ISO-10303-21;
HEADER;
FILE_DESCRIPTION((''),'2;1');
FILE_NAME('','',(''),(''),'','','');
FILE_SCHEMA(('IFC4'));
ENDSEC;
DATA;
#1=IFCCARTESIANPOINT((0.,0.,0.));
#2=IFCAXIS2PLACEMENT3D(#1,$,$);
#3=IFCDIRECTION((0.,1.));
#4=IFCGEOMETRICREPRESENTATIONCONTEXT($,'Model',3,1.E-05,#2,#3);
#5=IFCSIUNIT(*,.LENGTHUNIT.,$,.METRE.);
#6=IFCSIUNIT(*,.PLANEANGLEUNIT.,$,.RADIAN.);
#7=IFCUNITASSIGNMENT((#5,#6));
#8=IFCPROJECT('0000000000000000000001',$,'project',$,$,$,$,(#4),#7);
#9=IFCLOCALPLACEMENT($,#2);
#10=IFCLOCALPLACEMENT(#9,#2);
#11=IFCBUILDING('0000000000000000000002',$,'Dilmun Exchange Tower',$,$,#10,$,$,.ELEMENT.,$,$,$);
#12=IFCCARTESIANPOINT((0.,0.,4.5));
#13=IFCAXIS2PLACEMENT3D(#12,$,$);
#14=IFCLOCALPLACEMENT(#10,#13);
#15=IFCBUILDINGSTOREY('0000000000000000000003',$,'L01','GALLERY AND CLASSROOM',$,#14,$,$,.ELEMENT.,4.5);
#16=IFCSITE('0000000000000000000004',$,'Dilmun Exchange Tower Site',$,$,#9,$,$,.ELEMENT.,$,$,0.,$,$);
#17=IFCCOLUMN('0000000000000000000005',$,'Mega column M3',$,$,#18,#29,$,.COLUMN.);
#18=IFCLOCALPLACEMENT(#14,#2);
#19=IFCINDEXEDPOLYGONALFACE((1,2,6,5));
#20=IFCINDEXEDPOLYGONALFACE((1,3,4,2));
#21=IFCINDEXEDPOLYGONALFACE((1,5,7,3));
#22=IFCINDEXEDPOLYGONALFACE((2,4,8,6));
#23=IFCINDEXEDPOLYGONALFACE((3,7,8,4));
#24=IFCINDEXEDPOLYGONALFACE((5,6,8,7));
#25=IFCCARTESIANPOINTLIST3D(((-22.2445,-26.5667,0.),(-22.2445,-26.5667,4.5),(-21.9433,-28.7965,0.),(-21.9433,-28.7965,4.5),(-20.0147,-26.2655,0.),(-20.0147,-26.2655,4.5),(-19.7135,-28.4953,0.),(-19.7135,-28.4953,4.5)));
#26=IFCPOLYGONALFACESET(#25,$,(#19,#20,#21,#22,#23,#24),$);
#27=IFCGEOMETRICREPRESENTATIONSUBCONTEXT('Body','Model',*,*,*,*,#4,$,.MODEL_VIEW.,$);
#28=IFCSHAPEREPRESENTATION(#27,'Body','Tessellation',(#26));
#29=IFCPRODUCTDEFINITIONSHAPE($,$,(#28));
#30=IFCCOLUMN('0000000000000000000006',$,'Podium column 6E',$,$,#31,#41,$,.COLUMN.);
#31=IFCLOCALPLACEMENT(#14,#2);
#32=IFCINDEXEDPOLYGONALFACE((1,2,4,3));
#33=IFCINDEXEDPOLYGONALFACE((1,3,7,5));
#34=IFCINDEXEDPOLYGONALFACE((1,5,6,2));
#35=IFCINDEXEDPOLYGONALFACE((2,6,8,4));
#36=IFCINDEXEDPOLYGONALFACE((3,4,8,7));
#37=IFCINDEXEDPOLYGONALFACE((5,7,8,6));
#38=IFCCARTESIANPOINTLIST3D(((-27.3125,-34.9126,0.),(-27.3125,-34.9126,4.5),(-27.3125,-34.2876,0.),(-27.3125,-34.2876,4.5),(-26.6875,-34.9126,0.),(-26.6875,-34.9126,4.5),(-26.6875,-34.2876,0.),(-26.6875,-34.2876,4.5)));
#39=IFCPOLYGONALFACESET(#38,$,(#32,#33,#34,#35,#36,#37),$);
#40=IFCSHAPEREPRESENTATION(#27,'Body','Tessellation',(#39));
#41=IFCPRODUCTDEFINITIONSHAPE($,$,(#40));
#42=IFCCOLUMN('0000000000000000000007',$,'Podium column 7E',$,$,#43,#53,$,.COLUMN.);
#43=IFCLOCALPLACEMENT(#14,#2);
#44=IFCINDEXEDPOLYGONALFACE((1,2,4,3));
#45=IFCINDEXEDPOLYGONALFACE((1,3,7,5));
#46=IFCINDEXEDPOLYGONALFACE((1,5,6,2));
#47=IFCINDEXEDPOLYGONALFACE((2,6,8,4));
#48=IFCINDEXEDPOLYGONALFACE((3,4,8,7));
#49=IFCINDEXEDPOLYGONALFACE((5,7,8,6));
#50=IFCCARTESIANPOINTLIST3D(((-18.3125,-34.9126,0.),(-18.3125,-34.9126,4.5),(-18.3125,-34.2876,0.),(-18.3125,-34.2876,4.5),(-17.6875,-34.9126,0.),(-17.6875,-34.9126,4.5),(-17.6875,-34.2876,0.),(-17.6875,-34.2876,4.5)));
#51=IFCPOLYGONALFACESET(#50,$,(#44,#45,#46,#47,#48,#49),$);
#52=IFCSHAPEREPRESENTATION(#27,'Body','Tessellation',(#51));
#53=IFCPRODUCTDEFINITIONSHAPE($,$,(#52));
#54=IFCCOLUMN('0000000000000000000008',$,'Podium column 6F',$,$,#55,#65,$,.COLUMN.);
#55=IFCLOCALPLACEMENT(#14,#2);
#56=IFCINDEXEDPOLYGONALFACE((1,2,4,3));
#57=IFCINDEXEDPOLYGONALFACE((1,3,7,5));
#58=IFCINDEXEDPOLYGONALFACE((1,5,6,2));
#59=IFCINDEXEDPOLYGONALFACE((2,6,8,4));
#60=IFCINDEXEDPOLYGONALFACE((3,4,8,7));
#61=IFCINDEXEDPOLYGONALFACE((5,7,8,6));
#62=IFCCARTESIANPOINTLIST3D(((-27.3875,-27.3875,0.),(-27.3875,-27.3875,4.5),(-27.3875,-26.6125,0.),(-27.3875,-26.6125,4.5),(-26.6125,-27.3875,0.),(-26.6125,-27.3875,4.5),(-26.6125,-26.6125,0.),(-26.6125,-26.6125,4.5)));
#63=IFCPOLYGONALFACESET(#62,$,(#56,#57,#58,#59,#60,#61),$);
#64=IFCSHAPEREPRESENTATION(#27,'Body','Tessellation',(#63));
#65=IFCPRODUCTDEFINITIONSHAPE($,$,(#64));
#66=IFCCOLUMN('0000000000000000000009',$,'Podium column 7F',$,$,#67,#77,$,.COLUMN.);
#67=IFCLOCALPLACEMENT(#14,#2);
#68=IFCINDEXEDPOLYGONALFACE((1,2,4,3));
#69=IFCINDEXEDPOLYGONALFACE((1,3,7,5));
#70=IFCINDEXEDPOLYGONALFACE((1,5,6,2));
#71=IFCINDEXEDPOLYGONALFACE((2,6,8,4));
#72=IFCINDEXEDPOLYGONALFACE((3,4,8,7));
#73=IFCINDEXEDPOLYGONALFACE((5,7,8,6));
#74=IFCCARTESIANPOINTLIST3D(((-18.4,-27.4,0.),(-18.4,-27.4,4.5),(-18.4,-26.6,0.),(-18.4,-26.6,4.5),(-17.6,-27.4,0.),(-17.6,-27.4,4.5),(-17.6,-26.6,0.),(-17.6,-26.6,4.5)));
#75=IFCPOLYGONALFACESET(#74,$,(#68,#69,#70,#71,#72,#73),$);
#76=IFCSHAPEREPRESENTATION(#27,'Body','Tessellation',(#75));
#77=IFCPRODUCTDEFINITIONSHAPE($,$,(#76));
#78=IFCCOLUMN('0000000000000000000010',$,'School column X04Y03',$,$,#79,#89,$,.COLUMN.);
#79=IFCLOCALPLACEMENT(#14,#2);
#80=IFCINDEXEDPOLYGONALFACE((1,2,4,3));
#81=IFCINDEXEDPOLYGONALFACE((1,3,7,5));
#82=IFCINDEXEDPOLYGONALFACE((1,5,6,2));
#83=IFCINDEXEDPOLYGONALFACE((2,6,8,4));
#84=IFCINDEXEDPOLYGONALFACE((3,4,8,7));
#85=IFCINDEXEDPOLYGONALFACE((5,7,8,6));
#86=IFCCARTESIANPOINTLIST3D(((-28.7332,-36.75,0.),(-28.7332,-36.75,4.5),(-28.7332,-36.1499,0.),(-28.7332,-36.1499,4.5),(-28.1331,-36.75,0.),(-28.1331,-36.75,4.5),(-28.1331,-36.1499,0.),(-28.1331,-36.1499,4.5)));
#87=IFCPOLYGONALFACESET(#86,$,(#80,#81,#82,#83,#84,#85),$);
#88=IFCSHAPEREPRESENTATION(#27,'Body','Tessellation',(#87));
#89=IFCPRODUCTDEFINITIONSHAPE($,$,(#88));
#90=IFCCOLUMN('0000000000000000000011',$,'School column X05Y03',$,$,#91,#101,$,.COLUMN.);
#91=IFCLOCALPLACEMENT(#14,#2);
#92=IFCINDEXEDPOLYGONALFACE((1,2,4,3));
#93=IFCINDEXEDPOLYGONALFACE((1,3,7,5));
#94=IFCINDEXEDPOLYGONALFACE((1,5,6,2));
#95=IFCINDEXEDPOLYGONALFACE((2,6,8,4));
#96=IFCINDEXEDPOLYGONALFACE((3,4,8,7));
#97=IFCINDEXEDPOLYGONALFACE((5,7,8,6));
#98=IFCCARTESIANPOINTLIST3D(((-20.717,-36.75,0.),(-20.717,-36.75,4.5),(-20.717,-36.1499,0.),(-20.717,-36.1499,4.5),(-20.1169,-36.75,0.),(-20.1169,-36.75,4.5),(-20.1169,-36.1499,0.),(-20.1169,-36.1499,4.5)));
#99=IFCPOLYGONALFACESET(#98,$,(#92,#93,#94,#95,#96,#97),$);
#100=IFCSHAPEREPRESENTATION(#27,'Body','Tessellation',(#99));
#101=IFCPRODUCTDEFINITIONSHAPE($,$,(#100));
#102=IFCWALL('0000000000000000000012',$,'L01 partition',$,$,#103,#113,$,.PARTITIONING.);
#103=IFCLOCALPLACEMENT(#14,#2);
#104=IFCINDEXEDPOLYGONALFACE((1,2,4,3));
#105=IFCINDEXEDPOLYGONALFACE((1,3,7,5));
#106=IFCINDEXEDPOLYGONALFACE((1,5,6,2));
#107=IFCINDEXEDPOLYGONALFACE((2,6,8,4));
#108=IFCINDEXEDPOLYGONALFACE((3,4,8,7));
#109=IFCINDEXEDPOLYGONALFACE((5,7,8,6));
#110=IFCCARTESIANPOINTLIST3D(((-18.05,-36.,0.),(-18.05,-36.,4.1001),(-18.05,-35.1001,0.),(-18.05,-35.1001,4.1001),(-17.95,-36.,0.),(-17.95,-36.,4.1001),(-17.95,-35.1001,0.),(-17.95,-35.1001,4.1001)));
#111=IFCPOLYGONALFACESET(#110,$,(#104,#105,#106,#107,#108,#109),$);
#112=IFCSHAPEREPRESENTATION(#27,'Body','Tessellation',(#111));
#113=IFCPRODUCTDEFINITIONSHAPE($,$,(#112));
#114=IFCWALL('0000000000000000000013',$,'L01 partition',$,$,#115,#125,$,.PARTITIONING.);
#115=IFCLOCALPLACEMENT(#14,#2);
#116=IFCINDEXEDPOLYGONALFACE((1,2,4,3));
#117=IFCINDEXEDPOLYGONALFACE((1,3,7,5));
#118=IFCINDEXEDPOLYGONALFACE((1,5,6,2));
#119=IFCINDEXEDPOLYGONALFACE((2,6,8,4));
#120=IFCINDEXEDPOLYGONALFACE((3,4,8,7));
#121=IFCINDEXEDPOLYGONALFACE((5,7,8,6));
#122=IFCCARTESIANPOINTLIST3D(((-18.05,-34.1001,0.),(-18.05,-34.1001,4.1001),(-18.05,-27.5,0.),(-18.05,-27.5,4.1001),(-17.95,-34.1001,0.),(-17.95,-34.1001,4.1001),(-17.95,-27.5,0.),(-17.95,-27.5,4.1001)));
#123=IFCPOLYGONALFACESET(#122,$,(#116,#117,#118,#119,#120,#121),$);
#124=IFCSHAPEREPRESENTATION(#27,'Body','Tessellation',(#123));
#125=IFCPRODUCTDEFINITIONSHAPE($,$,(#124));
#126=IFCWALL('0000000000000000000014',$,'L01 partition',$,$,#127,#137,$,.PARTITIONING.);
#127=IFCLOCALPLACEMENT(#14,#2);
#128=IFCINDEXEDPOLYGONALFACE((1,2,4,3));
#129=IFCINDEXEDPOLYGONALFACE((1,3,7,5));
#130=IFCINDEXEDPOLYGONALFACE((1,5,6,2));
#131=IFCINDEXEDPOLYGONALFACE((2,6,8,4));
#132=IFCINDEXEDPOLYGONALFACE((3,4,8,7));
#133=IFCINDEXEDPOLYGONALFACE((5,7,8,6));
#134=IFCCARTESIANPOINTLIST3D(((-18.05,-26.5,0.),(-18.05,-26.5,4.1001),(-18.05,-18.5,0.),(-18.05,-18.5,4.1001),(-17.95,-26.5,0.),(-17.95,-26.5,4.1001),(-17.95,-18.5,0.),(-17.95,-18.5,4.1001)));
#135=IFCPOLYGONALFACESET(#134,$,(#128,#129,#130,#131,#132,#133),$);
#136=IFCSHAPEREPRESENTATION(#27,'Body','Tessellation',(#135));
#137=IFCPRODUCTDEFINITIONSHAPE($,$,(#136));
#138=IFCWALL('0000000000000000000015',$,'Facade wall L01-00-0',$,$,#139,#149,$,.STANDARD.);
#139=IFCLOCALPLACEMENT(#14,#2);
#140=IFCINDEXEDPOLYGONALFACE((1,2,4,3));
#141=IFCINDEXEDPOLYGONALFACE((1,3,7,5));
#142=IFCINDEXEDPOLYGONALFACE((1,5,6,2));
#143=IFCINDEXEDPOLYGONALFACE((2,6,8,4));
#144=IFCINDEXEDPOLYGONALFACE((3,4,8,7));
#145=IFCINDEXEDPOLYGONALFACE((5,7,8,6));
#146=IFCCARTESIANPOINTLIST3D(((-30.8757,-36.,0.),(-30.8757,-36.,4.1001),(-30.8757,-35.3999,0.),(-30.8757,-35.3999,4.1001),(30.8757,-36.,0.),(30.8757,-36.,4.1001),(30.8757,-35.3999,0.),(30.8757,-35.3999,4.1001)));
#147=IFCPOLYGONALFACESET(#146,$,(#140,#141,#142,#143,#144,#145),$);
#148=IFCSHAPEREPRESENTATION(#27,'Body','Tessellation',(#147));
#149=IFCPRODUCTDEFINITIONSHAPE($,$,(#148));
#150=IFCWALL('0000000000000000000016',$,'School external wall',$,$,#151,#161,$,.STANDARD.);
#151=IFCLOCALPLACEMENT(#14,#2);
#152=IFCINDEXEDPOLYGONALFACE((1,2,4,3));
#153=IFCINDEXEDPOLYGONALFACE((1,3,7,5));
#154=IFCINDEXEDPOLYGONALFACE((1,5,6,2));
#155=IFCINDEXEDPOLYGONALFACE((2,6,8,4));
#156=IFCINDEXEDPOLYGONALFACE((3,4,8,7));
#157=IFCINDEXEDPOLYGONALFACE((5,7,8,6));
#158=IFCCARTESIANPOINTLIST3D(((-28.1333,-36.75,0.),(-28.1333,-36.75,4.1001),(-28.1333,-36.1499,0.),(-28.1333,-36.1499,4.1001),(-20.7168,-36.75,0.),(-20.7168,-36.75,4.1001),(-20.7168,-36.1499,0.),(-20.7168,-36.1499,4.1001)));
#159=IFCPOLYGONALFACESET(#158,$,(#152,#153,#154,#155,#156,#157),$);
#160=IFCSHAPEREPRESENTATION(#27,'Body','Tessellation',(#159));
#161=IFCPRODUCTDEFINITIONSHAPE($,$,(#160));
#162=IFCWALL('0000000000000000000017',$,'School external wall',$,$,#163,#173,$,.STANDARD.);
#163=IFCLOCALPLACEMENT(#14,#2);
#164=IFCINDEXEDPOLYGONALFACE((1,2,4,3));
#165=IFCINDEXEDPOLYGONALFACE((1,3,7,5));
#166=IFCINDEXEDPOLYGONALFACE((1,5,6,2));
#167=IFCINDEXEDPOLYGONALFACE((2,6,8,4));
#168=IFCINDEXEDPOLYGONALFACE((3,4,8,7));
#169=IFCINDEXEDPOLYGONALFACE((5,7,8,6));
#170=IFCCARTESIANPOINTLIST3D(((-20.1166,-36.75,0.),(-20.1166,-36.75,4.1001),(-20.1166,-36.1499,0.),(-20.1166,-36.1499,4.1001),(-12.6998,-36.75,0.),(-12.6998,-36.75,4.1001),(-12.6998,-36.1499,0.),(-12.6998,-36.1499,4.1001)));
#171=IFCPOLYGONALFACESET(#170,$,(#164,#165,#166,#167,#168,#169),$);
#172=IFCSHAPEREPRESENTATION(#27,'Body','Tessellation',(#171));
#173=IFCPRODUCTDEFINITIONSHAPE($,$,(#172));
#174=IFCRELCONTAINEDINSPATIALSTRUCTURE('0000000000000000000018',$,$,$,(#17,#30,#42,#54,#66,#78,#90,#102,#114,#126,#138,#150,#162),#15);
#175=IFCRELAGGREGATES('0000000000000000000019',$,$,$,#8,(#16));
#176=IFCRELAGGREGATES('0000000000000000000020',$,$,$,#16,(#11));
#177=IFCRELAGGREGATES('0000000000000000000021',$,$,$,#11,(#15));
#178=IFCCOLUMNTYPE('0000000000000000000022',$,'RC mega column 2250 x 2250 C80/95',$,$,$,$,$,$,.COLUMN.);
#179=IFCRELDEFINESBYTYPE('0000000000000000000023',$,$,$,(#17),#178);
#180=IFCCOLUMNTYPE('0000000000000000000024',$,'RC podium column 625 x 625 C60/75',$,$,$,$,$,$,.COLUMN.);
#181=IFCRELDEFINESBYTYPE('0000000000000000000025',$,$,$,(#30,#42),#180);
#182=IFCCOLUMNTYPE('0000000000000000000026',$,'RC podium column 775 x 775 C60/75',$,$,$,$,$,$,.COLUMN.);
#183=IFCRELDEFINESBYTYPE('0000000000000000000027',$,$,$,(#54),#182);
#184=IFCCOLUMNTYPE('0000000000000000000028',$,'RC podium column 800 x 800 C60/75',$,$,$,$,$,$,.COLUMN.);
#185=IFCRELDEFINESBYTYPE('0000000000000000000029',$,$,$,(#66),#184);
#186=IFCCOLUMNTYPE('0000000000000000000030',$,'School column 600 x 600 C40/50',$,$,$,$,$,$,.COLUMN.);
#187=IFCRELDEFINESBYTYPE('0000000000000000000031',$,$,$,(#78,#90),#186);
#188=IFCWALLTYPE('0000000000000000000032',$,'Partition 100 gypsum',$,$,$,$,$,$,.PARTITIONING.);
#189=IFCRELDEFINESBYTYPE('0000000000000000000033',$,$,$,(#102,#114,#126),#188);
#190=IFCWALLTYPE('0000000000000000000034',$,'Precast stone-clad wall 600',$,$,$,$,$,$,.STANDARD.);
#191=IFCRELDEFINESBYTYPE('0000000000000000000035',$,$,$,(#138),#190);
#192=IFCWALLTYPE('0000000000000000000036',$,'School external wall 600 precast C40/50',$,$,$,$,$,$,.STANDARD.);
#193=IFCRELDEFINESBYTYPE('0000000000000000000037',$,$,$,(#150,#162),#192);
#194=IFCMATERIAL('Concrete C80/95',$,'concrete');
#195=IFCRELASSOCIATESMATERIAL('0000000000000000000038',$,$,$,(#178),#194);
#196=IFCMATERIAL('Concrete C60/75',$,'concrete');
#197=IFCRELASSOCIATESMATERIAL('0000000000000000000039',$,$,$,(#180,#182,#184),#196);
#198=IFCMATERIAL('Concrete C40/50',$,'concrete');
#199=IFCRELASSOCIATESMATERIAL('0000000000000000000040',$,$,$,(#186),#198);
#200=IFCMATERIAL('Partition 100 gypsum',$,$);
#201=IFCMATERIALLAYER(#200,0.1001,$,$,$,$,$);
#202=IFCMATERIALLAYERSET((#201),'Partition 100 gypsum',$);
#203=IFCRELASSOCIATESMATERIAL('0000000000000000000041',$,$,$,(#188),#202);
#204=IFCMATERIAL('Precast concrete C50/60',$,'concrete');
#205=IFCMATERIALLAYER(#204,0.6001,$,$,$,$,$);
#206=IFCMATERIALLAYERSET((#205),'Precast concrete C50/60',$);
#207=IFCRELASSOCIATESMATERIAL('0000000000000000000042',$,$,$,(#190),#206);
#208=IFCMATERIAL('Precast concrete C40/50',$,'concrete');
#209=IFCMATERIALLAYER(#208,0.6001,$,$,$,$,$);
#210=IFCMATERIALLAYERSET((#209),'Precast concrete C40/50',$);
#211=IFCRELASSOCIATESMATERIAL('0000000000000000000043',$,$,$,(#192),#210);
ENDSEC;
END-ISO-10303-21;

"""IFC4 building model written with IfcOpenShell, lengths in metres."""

from ifc_helpers import new_model, si_unit, direction, frame, frame_2d, origin, origin_2d, place, context, subcontext, project, spatial, rectangle, extrude, material, layer, layer_set, material_profile, profile_set, type_object, element, save


model = new_model("IFC4")

# Units and contexts
model_context = context("Model", 3, precision=1e-05, world=origin(), true_north=direction((0.0, 1.0)))
body_context = subcontext(model_context, "Body", "Model", "MODEL_VIEW")
ifc_project = project(units=[si_unit("LENGTHUNIT", "METRE"), si_unit("PLANEANGLEUNIT", "RADIAN")], contexts=[model_context])

# Site, building, storey
site_placement = place(None, origin())
site = spatial("IfcSite", under=ifc_project, at=site_placement, Name="Dilmun Exchange Tower Site", CompositionType="ELEMENT", RefElevation=0.0)
building_placement = place(site_placement, origin())
building = spatial("IfcBuilding", under=site, at=building_placement, Name="Dilmun Exchange Tower", CompositionType="ELEMENT")
storey_placement = place(building_placement, frame((0.0, 0.0, 4.5)))
storey = spatial("IfcBuildingStorey", under=building, at=storey_placement, Name="L01", Description="GALLERY AND CLASSROOM", CompositionType="ELEMENT", Elevation=4.5)

# Columns
ifc_material_1 = material(Name="Concrete C80/95", Category="concrete")
ifc_material_profile_1 = material_profile(ifc_material_1, rectangle(XDim=2.25, YDim=2.25, at=origin_2d()), Name="2250 x 2250")
ifc_profile_set_1 = profile_set([ifc_material_profile_1], Name="Concrete C80/95")
column_type_1 = type_object("IfcColumnType", Name="RC mega column 2250 x 2250 C80/95", PredefinedType="COLUMN", material=ifc_profile_set_1)
column_1_placement = place(storey_placement, frame((-20.979, -27.531, 0.0), z_axis=(0.0, 0.0, 1.0), x_axis=(0.991001, 0.133853, 0.0)))
element("IfcColumn", 1, at=column_1_placement, inside=storey, type_object=column_type_1, Name="Mega column M3", PredefinedType="COLUMN", context=body_context, shape_type="SweptSolid", body=[
    extrude(rectangle(XDim=2.25, YDim=2.25, at=origin_2d()), origin(), (0.0, 0.0, 1.0), 4.5),
])
ifc_material_2 = material(Name="Concrete C60/75", Category="concrete")
ifc_material_profile_2 = material_profile(ifc_material_2, rectangle(XDim=0.625, YDim=0.625, at=origin_2d()), Name="625 x 625")
ifc_profile_set_2 = profile_set([ifc_material_profile_2], Name="Concrete C60/75")
column_type_2 = type_object("IfcColumnType", Name="RC podium column 625 x 625 C60/75", PredefinedType="COLUMN", material=ifc_profile_set_2)
for number, where, z_axis, x_axis, name in (
    (2, (-27.0, -34.6001, 0.0), (0.0, 0.0, 1.0), (1.0, 0.0, 0.0), "Podium column 6E"),
    (3, (-18.0, -34.6001, 0.0), (0.0, 0.0, 1.0), (1.0, 0.0, 0.0), "Podium column 7E"),
):
    element("IfcColumn", number, at=place(storey_placement, frame(where, z_axis=z_axis, x_axis=x_axis)), inside=storey, type_object=column_type_2, Name=name, PredefinedType="COLUMN", context=body_context, shape_type="SweptSolid", body=[
        extrude(rectangle(XDim=0.625, YDim=0.625, at=origin_2d()), origin(), (0.0, 0.0, 1.0), 4.5),
    ])
ifc_material_profile_3 = material_profile(ifc_material_2, rectangle(XDim=0.7749, YDim=0.7749, at=origin_2d()), Name="775 x 775")
ifc_profile_set_3 = profile_set([ifc_material_profile_3], Name="Concrete C60/75")
column_type_3 = type_object("IfcColumnType", Name="RC podium column 775 x 775 C60/75", PredefinedType="COLUMN", material=ifc_profile_set_3)
column_2_placement = place(storey_placement, frame((-27.0, -27.0, 0.0), z_axis=(0.0, 0.0, 1.0), x_axis=(1.0, 0.0, 0.0)))
element("IfcColumn", 4, at=column_2_placement, inside=storey, type_object=column_type_3, Name="Podium column 6F", PredefinedType="COLUMN", context=body_context, shape_type="SweptSolid", body=[
    extrude(rectangle(XDim=0.7749, YDim=0.7749, at=origin_2d()), origin(), (0.0, 0.0, 1.0), 4.5),
])
ifc_material_profile_4 = material_profile(ifc_material_2, rectangle(XDim=0.8, YDim=0.8, at=origin_2d()), Name="800 x 800")
ifc_profile_set_4 = profile_set([ifc_material_profile_4], Name="Concrete C60/75")
column_type_4 = type_object("IfcColumnType", Name="RC podium column 800 x 800 C60/75", PredefinedType="COLUMN", material=ifc_profile_set_4)
column_3_placement = place(storey_placement, frame((-18.0, -27.0, 0.0), z_axis=(0.0, 0.0, 1.0), x_axis=(1.0, 0.0, 0.0)))
element("IfcColumn", 5, at=column_3_placement, inside=storey, type_object=column_type_4, Name="Podium column 7F", PredefinedType="COLUMN", context=body_context, shape_type="SweptSolid", body=[
    extrude(rectangle(XDim=0.8, YDim=0.8, at=origin_2d()), origin(), (0.0, 0.0, 1.0), 4.5),
])
ifc_material_3 = material(Name="Concrete C40/50", Category="concrete")
ifc_material_profile_5 = material_profile(ifc_material_3, rectangle(XDim=0.6001, YDim=0.6001, at=origin_2d()), Name="600 x 600")
ifc_profile_set_5 = profile_set([ifc_material_profile_5], Name="Concrete C40/50")
column_type_5 = type_object("IfcColumnType", Name="School column 600 x 600 C40/50", PredefinedType="COLUMN", material=ifc_profile_set_5)
for number, where, z_axis, x_axis, name in (
    (6, (-28.4331, -36.45, 0.0), (0.0, 0.0, 1.0), (1.0, 0.0, 0.0), "School column X04Y03"),
    (7, (-20.417, -36.45, 0.0), (0.0, 0.0, 1.0), (1.0, 0.0, 0.0), "School column X05Y03"),
):
    element("IfcColumn", number, at=place(storey_placement, frame(where, z_axis=z_axis, x_axis=x_axis)), inside=storey, type_object=column_type_5, Name=name, PredefinedType="COLUMN", context=body_context, shape_type="SweptSolid", body=[
        extrude(rectangle(XDim=0.6001, YDim=0.6001, at=origin_2d()), origin(), (0.0, 0.0, 1.0), 4.5),
    ])

# Walls
ifc_material_4 = material(Name="Partition 100 gypsum")
ifc_layer_1 = layer(ifc_material_4, 0.1001)
ifc_layer_set_1 = layer_set([ifc_layer_1], Name="Partition 100 gypsum")
wall_type_1 = type_object("IfcWallType", Name="Partition 100 gypsum", PredefinedType="PARTITIONING", material=ifc_layer_set_1)
wall_1_placement = place(storey_placement, frame((-18.0, -36.0, 0.0), z_axis=(0.0, 0.0, 1.0), x_axis=(0.0, 1.0, 0.0)))
element("IfcWall", 8, at=wall_1_placement, inside=storey, type_object=wall_type_1, Name="L01 partition", PredefinedType="PARTITIONING", context=body_context, shape_type="SweptSolid", body=[
    extrude(rectangle(XDim=0.8999, YDim=0.1001, at=frame_2d((0.45, 0.0))), origin(), (0.0, 0.0, 1.0), 4.1001),
])
wall_2_placement = place(storey_placement, frame((-18.0, -34.1001, 0.0), z_axis=(0.0, 0.0, 1.0), x_axis=(0.0, 1.0, 0.0)))
element("IfcWall", 9, at=wall_2_placement, inside=storey, type_object=wall_type_1, Name="L01 partition", PredefinedType="PARTITIONING", context=body_context, shape_type="SweptSolid", body=[
    extrude(rectangle(XDim=6.6001, YDim=0.1001, at=frame_2d((3.3, 0.0))), origin(), (0.0, 0.0, 1.0), 4.1001),
])
wall_3_placement = place(storey_placement, frame((-18.0, -26.5, 0.0), z_axis=(0.0, 0.0, 1.0), x_axis=(0.0, 1.0, 0.0)))
element("IfcWall", 10, at=wall_3_placement, inside=storey, type_object=wall_type_1, Name="L01 partition", PredefinedType="PARTITIONING", context=body_context, shape_type="SweptSolid", body=[
    extrude(rectangle(XDim=8.0, YDim=0.1001, at=frame_2d((4.0, 0.0))), origin(), (0.0, 0.0, 1.0), 4.1001),
])
ifc_material_5 = material(Name="Precast concrete C50/60", Category="concrete")
ifc_layer_2 = layer(ifc_material_5, 0.6001)
ifc_layer_set_2 = layer_set([ifc_layer_2], Name="Precast concrete C50/60")
wall_type_2 = type_object("IfcWallType", Name="Precast stone-clad wall 600", PredefinedType="STANDARD", material=ifc_layer_set_2)
wall_4_placement = place(storey_placement, frame((-30.8757, -35.7, 0.0), z_axis=(0.0, 0.0, 1.0), x_axis=(1.0, 0.0, 0.0)))
element("IfcWall", 11, at=wall_4_placement, inside=storey, type_object=wall_type_2, Name="Facade wall L01-00-0", PredefinedType="STANDARD", context=body_context, shape_type="SweptSolid", body=[
    extrude(rectangle(XDim=61.7515, YDim=0.6001, at=frame_2d((30.8757, 0.0))), origin(), (0.0, 0.0, 1.0), 4.1001),
])
ifc_material_6 = material(Name="Precast concrete C40/50", Category="concrete")
ifc_layer_3 = layer(ifc_material_6, 0.6001)
ifc_layer_set_3 = layer_set([ifc_layer_3], Name="Precast concrete C40/50")
wall_type_3 = type_object("IfcWallType", Name="School external wall 600 precast C40/50", PredefinedType="STANDARD", material=ifc_layer_set_3)
wall_5_placement = place(storey_placement, frame((-28.1333, -36.45, 0.0), z_axis=(0.0, 0.0, 1.0), x_axis=(1.0, 0.0, 0.0)))
element("IfcWall", 12, at=wall_5_placement, inside=storey, type_object=wall_type_3, Name="School external wall", PredefinedType="STANDARD", context=body_context, shape_type="SweptSolid", body=[
    extrude(rectangle(XDim=7.4165, YDim=0.6001, at=frame_2d((3.7083, 0.0))), origin(), (0.0, 0.0, 1.0), 4.1001),
])
wall_6_placement = place(storey_placement, frame((-20.1167, -36.45, 0.0), z_axis=(0.0, 0.0, 1.0), x_axis=(1.0, 0.0, 0.0)))
element("IfcWall", 13, at=wall_6_placement, inside=storey, type_object=wall_type_3, Name="School external wall", PredefinedType="STANDARD", context=body_context, shape_type="SweptSolid", body=[
    extrude(rectangle(XDim=7.4167, YDim=0.6001, at=frame_2d((3.7085, 0.0))), origin(), (0.0, 0.0, 1.0), 4.1001),
])

save(model, "model.ifc")
